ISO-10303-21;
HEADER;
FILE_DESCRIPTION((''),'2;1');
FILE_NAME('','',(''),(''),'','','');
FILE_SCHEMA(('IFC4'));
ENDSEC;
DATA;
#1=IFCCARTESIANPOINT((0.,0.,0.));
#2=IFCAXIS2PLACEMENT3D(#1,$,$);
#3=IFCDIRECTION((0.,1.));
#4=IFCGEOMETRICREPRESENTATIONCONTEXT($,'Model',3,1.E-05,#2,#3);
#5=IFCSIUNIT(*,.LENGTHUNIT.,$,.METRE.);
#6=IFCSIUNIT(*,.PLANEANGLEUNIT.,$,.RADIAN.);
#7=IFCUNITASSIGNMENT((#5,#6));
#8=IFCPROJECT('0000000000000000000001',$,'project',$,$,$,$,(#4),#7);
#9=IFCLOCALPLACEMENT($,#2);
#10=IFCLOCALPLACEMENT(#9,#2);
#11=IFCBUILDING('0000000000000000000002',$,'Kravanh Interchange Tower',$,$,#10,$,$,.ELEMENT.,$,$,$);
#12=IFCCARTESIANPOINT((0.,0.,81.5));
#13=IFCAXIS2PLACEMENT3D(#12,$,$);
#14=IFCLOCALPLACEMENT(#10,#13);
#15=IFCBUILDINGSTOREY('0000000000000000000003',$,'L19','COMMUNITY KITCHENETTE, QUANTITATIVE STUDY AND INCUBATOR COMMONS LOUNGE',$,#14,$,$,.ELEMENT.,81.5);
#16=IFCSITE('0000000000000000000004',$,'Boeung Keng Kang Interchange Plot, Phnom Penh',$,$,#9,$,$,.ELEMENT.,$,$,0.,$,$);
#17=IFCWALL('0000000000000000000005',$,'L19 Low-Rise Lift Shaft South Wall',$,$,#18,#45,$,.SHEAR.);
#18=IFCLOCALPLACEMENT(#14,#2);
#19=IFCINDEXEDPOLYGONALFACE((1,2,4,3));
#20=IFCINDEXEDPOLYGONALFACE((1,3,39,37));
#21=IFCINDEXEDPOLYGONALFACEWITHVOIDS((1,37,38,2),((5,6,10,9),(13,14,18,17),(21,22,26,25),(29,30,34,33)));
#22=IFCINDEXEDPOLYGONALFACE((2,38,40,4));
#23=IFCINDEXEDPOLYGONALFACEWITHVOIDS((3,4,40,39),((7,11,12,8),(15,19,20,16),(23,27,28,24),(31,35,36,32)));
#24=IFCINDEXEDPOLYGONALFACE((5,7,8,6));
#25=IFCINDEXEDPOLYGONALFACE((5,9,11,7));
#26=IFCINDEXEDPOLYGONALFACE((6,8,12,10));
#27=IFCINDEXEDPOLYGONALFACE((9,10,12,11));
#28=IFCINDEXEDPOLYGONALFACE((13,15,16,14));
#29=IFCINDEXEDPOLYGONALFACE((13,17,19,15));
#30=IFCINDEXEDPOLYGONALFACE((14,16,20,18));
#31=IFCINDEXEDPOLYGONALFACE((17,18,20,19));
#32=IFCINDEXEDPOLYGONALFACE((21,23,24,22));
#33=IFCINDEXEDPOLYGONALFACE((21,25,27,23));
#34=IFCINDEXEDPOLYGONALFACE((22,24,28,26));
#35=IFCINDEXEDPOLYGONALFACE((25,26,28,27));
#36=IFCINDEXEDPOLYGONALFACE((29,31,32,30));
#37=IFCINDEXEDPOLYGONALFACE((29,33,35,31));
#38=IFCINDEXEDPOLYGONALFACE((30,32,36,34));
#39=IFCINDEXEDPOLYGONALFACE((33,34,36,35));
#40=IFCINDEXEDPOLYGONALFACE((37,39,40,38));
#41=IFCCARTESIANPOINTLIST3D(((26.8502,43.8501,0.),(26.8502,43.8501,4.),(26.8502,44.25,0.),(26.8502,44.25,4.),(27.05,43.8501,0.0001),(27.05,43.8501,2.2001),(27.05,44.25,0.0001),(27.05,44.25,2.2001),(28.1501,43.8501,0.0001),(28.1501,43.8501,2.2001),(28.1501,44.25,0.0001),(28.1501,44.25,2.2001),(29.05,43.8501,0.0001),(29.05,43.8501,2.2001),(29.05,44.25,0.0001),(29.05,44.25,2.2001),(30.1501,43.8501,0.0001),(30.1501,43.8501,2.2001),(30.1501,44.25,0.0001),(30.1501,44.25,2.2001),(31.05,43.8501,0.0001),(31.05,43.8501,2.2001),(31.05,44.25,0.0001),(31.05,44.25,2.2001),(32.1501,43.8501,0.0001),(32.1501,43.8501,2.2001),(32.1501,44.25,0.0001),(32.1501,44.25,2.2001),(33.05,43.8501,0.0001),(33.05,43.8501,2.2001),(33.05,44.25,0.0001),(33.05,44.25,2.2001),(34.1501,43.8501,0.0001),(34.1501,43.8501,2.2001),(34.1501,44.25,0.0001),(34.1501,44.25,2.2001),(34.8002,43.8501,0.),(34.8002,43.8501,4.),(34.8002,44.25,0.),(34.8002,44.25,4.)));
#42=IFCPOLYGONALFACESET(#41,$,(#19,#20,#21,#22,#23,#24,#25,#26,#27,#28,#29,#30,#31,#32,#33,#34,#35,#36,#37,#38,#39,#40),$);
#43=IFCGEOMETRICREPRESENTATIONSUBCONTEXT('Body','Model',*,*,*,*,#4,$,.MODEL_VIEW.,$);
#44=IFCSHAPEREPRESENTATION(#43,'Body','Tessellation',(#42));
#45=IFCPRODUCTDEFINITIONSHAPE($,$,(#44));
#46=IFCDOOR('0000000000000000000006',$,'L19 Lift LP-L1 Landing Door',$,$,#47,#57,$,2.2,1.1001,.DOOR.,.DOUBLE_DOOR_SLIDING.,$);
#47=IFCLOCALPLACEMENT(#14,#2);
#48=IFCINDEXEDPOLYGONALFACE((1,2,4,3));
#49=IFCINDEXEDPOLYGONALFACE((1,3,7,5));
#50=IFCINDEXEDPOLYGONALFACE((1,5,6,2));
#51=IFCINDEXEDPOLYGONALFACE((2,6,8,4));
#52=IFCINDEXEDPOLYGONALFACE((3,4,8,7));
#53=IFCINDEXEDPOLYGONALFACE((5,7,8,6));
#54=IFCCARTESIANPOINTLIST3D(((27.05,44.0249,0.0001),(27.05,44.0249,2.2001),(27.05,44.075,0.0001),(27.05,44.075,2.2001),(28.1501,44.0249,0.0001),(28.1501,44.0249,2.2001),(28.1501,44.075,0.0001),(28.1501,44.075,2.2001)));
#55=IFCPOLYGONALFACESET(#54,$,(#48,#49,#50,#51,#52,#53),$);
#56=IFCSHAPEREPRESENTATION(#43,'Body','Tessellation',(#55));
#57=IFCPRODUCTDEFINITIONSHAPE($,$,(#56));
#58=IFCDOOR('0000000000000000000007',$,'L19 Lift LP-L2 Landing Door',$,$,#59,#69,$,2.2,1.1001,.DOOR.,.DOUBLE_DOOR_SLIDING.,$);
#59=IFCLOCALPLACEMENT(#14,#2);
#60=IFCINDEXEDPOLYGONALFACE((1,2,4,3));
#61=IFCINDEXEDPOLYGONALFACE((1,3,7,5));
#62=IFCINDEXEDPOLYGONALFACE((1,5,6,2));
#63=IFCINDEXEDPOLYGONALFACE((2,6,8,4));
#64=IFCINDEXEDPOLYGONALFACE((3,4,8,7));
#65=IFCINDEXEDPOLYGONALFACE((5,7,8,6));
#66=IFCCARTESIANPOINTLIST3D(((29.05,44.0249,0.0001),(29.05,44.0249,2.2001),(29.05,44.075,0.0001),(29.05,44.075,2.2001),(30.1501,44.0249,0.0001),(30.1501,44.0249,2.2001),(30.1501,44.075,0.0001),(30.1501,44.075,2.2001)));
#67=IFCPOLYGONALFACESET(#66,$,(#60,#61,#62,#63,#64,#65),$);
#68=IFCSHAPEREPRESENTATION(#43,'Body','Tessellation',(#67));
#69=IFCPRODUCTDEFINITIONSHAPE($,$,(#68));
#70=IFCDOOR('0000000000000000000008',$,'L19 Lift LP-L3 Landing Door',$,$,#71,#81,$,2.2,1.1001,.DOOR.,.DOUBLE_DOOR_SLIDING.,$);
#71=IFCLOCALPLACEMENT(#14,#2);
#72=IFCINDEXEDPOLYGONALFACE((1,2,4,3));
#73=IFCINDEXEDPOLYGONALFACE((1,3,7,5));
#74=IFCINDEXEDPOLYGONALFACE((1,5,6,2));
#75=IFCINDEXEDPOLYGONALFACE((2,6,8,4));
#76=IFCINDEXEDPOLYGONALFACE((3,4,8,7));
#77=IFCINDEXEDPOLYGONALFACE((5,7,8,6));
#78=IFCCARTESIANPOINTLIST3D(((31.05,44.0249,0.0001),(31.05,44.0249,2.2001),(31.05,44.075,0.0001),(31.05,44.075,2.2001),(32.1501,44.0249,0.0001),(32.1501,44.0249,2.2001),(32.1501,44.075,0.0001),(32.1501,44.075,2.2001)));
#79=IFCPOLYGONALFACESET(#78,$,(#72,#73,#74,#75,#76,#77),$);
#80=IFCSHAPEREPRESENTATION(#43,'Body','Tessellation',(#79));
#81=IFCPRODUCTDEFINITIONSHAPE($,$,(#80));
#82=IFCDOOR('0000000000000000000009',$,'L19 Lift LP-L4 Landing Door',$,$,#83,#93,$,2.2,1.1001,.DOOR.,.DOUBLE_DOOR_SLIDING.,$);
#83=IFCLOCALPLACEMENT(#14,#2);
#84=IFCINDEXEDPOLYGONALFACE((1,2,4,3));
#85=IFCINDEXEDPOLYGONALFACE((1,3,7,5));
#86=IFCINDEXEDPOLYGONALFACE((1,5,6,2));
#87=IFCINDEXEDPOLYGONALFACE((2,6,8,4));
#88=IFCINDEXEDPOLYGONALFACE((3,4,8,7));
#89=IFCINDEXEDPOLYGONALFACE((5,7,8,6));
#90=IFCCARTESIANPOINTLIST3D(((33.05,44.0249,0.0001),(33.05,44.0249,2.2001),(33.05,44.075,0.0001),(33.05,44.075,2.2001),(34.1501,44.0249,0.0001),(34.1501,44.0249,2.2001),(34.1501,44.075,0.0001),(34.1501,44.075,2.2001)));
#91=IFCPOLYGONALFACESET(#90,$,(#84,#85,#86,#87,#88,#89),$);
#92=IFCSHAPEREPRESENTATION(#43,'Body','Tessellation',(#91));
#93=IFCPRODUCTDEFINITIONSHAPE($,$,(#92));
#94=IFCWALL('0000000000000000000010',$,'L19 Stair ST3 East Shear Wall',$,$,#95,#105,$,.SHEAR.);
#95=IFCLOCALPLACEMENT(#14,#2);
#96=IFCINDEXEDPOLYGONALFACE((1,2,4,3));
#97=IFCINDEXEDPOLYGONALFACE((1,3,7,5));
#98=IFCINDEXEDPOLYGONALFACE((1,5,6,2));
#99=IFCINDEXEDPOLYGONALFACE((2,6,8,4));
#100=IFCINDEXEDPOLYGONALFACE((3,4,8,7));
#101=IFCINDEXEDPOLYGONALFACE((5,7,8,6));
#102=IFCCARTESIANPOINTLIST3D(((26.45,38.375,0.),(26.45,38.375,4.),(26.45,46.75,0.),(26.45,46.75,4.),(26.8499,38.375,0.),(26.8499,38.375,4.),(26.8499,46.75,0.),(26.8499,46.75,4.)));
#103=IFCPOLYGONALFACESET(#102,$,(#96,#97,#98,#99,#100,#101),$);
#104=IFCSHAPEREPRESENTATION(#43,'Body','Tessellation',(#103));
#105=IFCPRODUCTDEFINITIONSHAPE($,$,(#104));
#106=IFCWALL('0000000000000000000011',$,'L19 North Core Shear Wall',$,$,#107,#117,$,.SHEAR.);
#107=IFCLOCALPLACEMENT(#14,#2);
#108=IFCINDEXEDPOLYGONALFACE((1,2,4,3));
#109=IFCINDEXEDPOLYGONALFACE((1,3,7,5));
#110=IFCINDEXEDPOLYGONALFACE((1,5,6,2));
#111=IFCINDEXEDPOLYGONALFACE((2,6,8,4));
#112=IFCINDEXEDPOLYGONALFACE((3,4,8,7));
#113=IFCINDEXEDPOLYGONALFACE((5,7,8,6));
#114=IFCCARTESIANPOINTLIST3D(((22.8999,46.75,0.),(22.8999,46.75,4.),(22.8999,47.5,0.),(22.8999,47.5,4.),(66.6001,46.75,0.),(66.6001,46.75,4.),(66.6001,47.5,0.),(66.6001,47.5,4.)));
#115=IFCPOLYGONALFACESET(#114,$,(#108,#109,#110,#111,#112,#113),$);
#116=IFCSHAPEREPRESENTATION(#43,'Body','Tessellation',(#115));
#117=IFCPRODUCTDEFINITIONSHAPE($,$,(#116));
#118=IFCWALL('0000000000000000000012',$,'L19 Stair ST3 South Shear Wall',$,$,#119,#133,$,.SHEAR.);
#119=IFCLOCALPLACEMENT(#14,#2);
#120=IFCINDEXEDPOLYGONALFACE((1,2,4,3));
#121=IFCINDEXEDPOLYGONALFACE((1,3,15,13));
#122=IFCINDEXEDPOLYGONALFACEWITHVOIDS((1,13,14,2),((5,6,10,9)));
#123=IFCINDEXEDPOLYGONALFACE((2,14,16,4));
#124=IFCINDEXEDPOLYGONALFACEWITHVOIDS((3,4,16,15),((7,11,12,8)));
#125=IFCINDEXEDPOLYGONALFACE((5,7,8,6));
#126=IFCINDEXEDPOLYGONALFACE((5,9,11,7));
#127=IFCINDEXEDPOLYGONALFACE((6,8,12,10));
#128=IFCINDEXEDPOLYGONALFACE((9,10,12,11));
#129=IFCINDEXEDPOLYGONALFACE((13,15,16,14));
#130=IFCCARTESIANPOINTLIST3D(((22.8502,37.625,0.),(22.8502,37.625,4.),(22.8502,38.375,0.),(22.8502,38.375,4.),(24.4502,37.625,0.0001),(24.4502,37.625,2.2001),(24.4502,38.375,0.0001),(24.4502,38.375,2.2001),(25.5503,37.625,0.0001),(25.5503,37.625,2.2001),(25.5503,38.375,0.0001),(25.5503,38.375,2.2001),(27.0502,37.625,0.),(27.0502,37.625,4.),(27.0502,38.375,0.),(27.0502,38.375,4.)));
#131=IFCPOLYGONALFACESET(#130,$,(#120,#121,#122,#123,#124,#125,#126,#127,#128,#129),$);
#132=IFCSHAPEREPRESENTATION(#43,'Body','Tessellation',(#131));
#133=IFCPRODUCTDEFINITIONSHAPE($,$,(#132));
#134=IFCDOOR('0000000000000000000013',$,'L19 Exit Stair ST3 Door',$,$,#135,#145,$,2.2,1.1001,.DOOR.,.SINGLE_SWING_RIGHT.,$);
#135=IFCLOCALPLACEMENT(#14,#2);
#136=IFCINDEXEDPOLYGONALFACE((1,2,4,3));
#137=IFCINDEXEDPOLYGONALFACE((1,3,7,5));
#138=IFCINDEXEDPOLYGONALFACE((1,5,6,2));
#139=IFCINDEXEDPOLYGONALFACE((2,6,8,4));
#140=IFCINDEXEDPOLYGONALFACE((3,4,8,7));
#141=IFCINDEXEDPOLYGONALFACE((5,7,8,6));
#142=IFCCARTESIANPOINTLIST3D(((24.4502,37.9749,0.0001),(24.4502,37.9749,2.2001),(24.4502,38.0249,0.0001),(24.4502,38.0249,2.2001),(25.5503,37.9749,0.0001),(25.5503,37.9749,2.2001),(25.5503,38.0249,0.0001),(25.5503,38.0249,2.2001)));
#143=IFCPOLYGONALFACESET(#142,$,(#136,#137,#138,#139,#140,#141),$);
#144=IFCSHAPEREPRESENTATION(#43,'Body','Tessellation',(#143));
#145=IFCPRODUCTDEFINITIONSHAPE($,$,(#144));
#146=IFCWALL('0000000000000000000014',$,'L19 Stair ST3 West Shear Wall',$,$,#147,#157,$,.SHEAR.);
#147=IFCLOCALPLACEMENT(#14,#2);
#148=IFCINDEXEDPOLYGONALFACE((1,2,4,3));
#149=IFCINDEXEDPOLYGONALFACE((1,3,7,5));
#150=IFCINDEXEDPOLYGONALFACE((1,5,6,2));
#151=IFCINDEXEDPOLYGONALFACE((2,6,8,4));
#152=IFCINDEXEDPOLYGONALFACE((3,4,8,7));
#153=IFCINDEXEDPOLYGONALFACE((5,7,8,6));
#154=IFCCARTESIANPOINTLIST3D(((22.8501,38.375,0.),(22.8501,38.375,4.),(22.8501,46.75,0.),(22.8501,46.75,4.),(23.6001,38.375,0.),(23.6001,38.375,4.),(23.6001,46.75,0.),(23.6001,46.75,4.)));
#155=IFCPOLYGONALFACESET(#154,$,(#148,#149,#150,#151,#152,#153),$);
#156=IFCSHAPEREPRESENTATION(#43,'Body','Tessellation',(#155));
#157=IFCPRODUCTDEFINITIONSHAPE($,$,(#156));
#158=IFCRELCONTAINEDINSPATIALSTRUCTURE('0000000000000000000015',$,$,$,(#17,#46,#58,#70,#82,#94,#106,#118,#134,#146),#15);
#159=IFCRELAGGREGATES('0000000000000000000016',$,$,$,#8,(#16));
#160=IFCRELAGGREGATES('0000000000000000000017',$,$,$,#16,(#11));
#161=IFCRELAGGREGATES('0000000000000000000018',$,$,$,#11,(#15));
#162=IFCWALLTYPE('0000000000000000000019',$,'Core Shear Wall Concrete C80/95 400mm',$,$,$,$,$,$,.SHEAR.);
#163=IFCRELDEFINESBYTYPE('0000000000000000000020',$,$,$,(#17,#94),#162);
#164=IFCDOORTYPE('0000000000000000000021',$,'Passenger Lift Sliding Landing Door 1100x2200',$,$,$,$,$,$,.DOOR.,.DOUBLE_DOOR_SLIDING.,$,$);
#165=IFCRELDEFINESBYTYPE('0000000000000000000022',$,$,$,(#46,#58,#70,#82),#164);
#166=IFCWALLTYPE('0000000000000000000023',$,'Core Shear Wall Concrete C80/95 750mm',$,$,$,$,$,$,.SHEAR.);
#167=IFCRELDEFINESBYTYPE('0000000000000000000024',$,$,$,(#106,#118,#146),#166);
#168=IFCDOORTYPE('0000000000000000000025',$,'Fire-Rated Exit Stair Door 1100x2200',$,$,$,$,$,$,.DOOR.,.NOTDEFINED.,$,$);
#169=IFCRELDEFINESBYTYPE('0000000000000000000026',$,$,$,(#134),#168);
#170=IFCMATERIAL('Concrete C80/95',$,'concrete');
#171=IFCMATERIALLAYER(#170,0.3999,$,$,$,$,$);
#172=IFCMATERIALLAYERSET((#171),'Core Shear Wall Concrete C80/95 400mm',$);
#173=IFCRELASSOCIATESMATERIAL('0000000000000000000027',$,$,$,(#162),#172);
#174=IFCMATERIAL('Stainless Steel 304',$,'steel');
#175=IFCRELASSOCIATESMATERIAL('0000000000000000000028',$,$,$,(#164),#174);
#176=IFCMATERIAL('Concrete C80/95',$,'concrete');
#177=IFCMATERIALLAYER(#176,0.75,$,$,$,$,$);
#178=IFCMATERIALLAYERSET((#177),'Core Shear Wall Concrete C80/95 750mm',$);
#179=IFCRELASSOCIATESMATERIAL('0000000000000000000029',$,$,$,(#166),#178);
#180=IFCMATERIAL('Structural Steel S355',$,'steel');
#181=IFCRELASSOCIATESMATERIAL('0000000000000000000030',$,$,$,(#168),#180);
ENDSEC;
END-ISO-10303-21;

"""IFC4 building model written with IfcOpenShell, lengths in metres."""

from ifc_helpers import new_model, si_unit, direction, frame, frame_2d, origin, place, context, subcontext, project, spatial, rectangle, extrude, material, layer, layer_set, type_object, element, fill, save


model = new_model("IFC4")

# Units and contexts
model_context = context("Model", 3, precision=1e-05, world=origin(), true_north=direction((0.0, 1.0)))
body_context = subcontext(model_context, "Body", "Model", "MODEL_VIEW")
ifc_project = project(units=[si_unit("LENGTHUNIT", "METRE"), si_unit("PLANEANGLEUNIT", "RADIAN")], contexts=[model_context])

# Site, building, storey
site_placement = place(None, origin())
site = spatial("IfcSite", under=ifc_project, at=site_placement, Name="Boeung Keng Kang Interchange Plot, Phnom Penh", CompositionType="ELEMENT", RefElevation=0.0)
building_placement = place(site_placement, origin())
building = spatial("IfcBuilding", under=site, at=building_placement, Name="Kravanh Interchange Tower", CompositionType="ELEMENT")
storey_placement = place(building_placement, frame((0.0, 0.0, 81.5)))
storey = spatial("IfcBuildingStorey", under=building, at=storey_placement, Name="L19", Description="COMMUNITY KITCHENETTE, QUANTITATIVE STUDY AND INCUBATOR COMMONS LOUNGE", CompositionType="ELEMENT", Elevation=81.5)

# Wall, openings, doors
ifc_material_1 = material(Name="Concrete C80/95", Category="concrete")
ifc_layer_1 = layer(ifc_material_1, 0.3999)
ifc_layer_set_1 = layer_set([ifc_layer_1], Name="Core Shear Wall Concrete C80/95 400mm")
wall_type_1 = type_object("IfcWallType", Name="Core Shear Wall Concrete C80/95 400mm", PredefinedType="SHEAR", material=ifc_layer_set_1)
wall_1_placement = place(storey_placement, frame((26.8501, 44.05, 0.0), z_axis=(0.0, 0.0, 1.0), x_axis=(1.0, 0.0, 0.0)))
wall_1 = element("IfcWall", 1, at=wall_1_placement, inside=storey, type_object=wall_type_1, Name="L19 Low-Rise Lift Shaft South Wall", PredefinedType="SHEAR", context=body_context, shape_type="SweptSolid", body=[
    extrude(rectangle(XDim=7.95, YDim=0.3999, at=frame_2d((3.9751, 0.0))), origin(), (0.0, 0.0, 1.0), 4.0),
])
opening_1_placement = place(wall_1_placement, frame((0.2, 0.0, 0.0)))
opening_1 = element("IfcOpeningElement", 2, at=opening_1_placement, cuts=wall_1, PredefinedType="OPENING", context=body_context, shape_type="SweptSolid", body=[
    extrude(rectangle(XDim=1.1001, YDim=2.2, at=frame_2d((0.55, 1.1001))), frame((0.0, 0.21, 0.0), z_axis=(0.0, -1.0, 0.0), x_axis=(1.0, 0.0, 0.0)), (0.0, 0.0, 1.0), 0.4199),
])
opening_2_placement = place(wall_1_placement, frame((2.2, 0.0, 0.0)))
opening_2 = element("IfcOpeningElement", 3, at=opening_2_placement, cuts=wall_1, PredefinedType="OPENING", context=body_context, shape_type="SweptSolid", body=[
    extrude(rectangle(XDim=1.1001, YDim=2.2, at=frame_2d((0.55, 1.1001))), frame((0.0, 0.21, 0.0), z_axis=(0.0, -1.0, 0.0), x_axis=(1.0, 0.0, 0.0)), (0.0, 0.0, 1.0), 0.4199),
])
opening_3_placement = place(wall_1_placement, frame((4.2, 0.0, 0.0)))
opening_3 = element("IfcOpeningElement", 4, at=opening_3_placement, cuts=wall_1, PredefinedType="OPENING", context=body_context, shape_type="SweptSolid", body=[
    extrude(rectangle(XDim=1.1001, YDim=2.2, at=frame_2d((0.55, 1.1001))), frame((0.0, 0.21, 0.0), z_axis=(0.0, -1.0, 0.0), x_axis=(1.0, 0.0, 0.0)), (0.0, 0.0, 1.0), 0.4199),
])
opening_4_placement = place(wall_1_placement, frame((6.2, 0.0, 0.0)))
opening_4 = element("IfcOpeningElement", 5, at=opening_4_placement, cuts=wall_1, PredefinedType="OPENING", context=body_context, shape_type="SweptSolid", body=[
    extrude(rectangle(XDim=1.1001, YDim=2.2, at=frame_2d((0.55, 1.1001))), frame((0.0, 0.21, 0.0), z_axis=(0.0, -1.0, 0.0), x_axis=(1.0, 0.0, 0.0)), (0.0, 0.0, 1.0), 0.4199),
])
ifc_material_2 = material(Name="Stainless Steel 304", Category="steel")
door_type_1 = type_object("IfcDoorType", Name="Passenger Lift Sliding Landing Door 1100x2200", OperationType="DOUBLE_DOOR_SLIDING", PredefinedType="DOOR", material=ifc_material_2)
door_1_placement = place(opening_1_placement, origin())
door_1 = element("IfcDoor", 6, at=door_1_placement, inside=storey, type_object=door_type_1, Name="L19 Lift LP-L1 Landing Door", OperationType="DOUBLE_DOOR_SLIDING", OverallHeight=2.2, OverallWidth=1.1001, PredefinedType="DOOR", context=body_context, shape_type="SweptSolid", body=[
    extrude(rectangle(XDim=1.1001, YDim=2.2, at=frame_2d((0.55, 1.1001))), frame((0.0, 0.0249, 0.0), z_axis=(0.0, -1.0, 0.0), x_axis=(1.0, 0.0, 0.0)), (0.0, 0.0, 1.0), 0.05),
])
fill(opening_1, door_1)
door_2_placement = place(opening_2_placement, origin())
door_2 = element("IfcDoor", 7, at=door_2_placement, inside=storey, type_object=door_type_1, Name="L19 Lift LP-L2 Landing Door", OperationType="DOUBLE_DOOR_SLIDING", OverallHeight=2.2, OverallWidth=1.1001, PredefinedType="DOOR", context=body_context, shape_type="SweptSolid", body=[
    extrude(rectangle(XDim=1.1001, YDim=2.2, at=frame_2d((0.55, 1.1001))), frame((0.0, 0.0249, 0.0), z_axis=(0.0, -1.0, 0.0), x_axis=(1.0, 0.0, 0.0)), (0.0, 0.0, 1.0), 0.05),
])
fill(opening_2, door_2)
door_3_placement = place(opening_3_placement, origin())
door_3 = element("IfcDoor", 8, at=door_3_placement, inside=storey, type_object=door_type_1, Name="L19 Lift LP-L3 Landing Door", OperationType="DOUBLE_DOOR_SLIDING", OverallHeight=2.2, OverallWidth=1.1001, PredefinedType="DOOR", context=body_context, shape_type="SweptSolid", body=[
    extrude(rectangle(XDim=1.1001, YDim=2.2, at=frame_2d((0.55, 1.1001))), frame((0.0, 0.0249, 0.0), z_axis=(0.0, -1.0, 0.0), x_axis=(1.0, 0.0, 0.0)), (0.0, 0.0, 1.0), 0.05),
])
fill(opening_3, door_3)
door_4_placement = place(opening_4_placement, origin())
door_4 = element("IfcDoor", 9, at=door_4_placement, inside=storey, type_object=door_type_1, Name="L19 Lift LP-L4 Landing Door", OperationType="DOUBLE_DOOR_SLIDING", OverallHeight=2.2, OverallWidth=1.1001, PredefinedType="DOOR", context=body_context, shape_type="SweptSolid", body=[
    extrude(rectangle(XDim=1.1001, YDim=2.2, at=frame_2d((0.55, 1.1001))), frame((0.0, 0.0249, 0.0), z_axis=(0.0, -1.0, 0.0), x_axis=(1.0, 0.0, 0.0)), (0.0, 0.0, 1.0), 0.05),
])
fill(opening_4, door_4)

# Walls
wall_2_placement = place(storey_placement, frame((26.6499, 38.375, 0.0), z_axis=(0.0, 0.0, 1.0), x_axis=(0.0, 1.0, 0.0)))
element("IfcWall", 10, at=wall_2_placement, inside=storey, type_object=wall_type_1, Name="L19 Stair ST3 East Shear Wall", PredefinedType="SHEAR", context=body_context, shape_type="SweptSolid", body=[
    extrude(rectangle(XDim=8.375, YDim=0.3999, at=frame_2d((4.1875, 0.0))), origin(), (0.0, 0.0, 1.0), 4.0),
])
ifc_material_3 = material(Name="Concrete C80/95", Category="concrete")
ifc_layer_2 = layer(ifc_material_3, 0.75)
ifc_layer_set_2 = layer_set([ifc_layer_2], Name="Core Shear Wall Concrete C80/95 750mm")
wall_type_2 = type_object("IfcWallType", Name="Core Shear Wall Concrete C80/95 750mm", PredefinedType="SHEAR", material=ifc_layer_set_2)
wall_3_placement = place(storey_placement, frame((22.8999, 47.125, 0.0), z_axis=(0.0, 0.0, 1.0), x_axis=(1.0, 0.0, 0.0)))
element("IfcWall", 11, at=wall_3_placement, inside=storey, type_object=wall_type_2, Name="L19 North Core Shear Wall", PredefinedType="SHEAR", context=body_context, shape_type="SweptSolid", body=[
    extrude(rectangle(XDim=43.7002, YDim=0.75, at=frame_2d((21.8501, 0.0))), origin(), (0.0, 0.0, 1.0), 4.0),
])

# Wall, opening, door
wall_4_placement = place(storey_placement, frame((22.8501, 38.0, 0.0), z_axis=(0.0, 0.0, 1.0), x_axis=(1.0, 0.0, 0.0)))
wall_4 = element("IfcWall", 12, at=wall_4_placement, inside=storey, type_object=wall_type_2, Name="L19 Stair ST3 South Shear Wall", PredefinedType="SHEAR", context=body_context, shape_type="SweptSolid", body=[
    extrude(rectangle(XDim=4.2, YDim=0.75, at=frame_2d((2.1001, 0.0))), origin(), (0.0, 0.0, 1.0), 4.0),
])
opening_5_placement = place(wall_4_placement, frame((1.6001, 0.0, 0.0)))
opening_5 = element("IfcOpeningElement", 13, at=opening_5_placement, cuts=wall_4, PredefinedType="OPENING", context=body_context, shape_type="SweptSolid", body=[
    extrude(rectangle(XDim=1.1001, YDim=2.2, at=frame_2d((0.55, 1.1001))), frame((0.0, 0.385, 0.0), z_axis=(0.0, -1.0, 0.0), x_axis=(1.0, 0.0, 0.0)), (0.0, 0.0, 1.0), 0.77),
])
ifc_material_4 = material(Name="Structural Steel S355", Category="steel")
door_type_2 = type_object("IfcDoorType", Name="Fire-Rated Exit Stair Door 1100x2200", OperationType="NOTDEFINED", PredefinedType="DOOR", material=ifc_material_4)
door_5_placement = place(opening_5_placement, origin())
door_5 = element("IfcDoor", 14, at=door_5_placement, inside=storey, type_object=door_type_2, Name="L19 Exit Stair ST3 Door", OperationType="SINGLE_SWING_RIGHT", OverallHeight=2.2, OverallWidth=1.1001, PredefinedType="DOOR", context=body_context, shape_type="SweptSolid", body=[
    extrude(rectangle(XDim=1.1001, YDim=2.2, at=frame_2d((0.55, 1.1001))), frame((0.0, 0.0249, 0.0), z_axis=(0.0, -1.0, 0.0), x_axis=(1.0, 0.0, 0.0)), (0.0, 0.0, 1.0), 0.05),
])
fill(opening_5, door_5)

# Wall
wall_5_placement = place(storey_placement, frame((23.2251, 38.375, 0.0), z_axis=(0.0, 0.0, 1.0), x_axis=(0.0, 1.0, 0.0)))
element("IfcWall", 15, at=wall_5_placement, inside=storey, type_object=wall_type_2, Name="L19 Stair ST3 West Shear Wall", PredefinedType="SHEAR", context=body_context, shape_type="SweptSolid", body=[
    extrude(rectangle(XDim=8.375, YDim=0.75, at=frame_2d((4.1875, 0.0))), origin(), (0.0, 0.0, 1.0), 4.0),
])

save(model, "model.ifc")
